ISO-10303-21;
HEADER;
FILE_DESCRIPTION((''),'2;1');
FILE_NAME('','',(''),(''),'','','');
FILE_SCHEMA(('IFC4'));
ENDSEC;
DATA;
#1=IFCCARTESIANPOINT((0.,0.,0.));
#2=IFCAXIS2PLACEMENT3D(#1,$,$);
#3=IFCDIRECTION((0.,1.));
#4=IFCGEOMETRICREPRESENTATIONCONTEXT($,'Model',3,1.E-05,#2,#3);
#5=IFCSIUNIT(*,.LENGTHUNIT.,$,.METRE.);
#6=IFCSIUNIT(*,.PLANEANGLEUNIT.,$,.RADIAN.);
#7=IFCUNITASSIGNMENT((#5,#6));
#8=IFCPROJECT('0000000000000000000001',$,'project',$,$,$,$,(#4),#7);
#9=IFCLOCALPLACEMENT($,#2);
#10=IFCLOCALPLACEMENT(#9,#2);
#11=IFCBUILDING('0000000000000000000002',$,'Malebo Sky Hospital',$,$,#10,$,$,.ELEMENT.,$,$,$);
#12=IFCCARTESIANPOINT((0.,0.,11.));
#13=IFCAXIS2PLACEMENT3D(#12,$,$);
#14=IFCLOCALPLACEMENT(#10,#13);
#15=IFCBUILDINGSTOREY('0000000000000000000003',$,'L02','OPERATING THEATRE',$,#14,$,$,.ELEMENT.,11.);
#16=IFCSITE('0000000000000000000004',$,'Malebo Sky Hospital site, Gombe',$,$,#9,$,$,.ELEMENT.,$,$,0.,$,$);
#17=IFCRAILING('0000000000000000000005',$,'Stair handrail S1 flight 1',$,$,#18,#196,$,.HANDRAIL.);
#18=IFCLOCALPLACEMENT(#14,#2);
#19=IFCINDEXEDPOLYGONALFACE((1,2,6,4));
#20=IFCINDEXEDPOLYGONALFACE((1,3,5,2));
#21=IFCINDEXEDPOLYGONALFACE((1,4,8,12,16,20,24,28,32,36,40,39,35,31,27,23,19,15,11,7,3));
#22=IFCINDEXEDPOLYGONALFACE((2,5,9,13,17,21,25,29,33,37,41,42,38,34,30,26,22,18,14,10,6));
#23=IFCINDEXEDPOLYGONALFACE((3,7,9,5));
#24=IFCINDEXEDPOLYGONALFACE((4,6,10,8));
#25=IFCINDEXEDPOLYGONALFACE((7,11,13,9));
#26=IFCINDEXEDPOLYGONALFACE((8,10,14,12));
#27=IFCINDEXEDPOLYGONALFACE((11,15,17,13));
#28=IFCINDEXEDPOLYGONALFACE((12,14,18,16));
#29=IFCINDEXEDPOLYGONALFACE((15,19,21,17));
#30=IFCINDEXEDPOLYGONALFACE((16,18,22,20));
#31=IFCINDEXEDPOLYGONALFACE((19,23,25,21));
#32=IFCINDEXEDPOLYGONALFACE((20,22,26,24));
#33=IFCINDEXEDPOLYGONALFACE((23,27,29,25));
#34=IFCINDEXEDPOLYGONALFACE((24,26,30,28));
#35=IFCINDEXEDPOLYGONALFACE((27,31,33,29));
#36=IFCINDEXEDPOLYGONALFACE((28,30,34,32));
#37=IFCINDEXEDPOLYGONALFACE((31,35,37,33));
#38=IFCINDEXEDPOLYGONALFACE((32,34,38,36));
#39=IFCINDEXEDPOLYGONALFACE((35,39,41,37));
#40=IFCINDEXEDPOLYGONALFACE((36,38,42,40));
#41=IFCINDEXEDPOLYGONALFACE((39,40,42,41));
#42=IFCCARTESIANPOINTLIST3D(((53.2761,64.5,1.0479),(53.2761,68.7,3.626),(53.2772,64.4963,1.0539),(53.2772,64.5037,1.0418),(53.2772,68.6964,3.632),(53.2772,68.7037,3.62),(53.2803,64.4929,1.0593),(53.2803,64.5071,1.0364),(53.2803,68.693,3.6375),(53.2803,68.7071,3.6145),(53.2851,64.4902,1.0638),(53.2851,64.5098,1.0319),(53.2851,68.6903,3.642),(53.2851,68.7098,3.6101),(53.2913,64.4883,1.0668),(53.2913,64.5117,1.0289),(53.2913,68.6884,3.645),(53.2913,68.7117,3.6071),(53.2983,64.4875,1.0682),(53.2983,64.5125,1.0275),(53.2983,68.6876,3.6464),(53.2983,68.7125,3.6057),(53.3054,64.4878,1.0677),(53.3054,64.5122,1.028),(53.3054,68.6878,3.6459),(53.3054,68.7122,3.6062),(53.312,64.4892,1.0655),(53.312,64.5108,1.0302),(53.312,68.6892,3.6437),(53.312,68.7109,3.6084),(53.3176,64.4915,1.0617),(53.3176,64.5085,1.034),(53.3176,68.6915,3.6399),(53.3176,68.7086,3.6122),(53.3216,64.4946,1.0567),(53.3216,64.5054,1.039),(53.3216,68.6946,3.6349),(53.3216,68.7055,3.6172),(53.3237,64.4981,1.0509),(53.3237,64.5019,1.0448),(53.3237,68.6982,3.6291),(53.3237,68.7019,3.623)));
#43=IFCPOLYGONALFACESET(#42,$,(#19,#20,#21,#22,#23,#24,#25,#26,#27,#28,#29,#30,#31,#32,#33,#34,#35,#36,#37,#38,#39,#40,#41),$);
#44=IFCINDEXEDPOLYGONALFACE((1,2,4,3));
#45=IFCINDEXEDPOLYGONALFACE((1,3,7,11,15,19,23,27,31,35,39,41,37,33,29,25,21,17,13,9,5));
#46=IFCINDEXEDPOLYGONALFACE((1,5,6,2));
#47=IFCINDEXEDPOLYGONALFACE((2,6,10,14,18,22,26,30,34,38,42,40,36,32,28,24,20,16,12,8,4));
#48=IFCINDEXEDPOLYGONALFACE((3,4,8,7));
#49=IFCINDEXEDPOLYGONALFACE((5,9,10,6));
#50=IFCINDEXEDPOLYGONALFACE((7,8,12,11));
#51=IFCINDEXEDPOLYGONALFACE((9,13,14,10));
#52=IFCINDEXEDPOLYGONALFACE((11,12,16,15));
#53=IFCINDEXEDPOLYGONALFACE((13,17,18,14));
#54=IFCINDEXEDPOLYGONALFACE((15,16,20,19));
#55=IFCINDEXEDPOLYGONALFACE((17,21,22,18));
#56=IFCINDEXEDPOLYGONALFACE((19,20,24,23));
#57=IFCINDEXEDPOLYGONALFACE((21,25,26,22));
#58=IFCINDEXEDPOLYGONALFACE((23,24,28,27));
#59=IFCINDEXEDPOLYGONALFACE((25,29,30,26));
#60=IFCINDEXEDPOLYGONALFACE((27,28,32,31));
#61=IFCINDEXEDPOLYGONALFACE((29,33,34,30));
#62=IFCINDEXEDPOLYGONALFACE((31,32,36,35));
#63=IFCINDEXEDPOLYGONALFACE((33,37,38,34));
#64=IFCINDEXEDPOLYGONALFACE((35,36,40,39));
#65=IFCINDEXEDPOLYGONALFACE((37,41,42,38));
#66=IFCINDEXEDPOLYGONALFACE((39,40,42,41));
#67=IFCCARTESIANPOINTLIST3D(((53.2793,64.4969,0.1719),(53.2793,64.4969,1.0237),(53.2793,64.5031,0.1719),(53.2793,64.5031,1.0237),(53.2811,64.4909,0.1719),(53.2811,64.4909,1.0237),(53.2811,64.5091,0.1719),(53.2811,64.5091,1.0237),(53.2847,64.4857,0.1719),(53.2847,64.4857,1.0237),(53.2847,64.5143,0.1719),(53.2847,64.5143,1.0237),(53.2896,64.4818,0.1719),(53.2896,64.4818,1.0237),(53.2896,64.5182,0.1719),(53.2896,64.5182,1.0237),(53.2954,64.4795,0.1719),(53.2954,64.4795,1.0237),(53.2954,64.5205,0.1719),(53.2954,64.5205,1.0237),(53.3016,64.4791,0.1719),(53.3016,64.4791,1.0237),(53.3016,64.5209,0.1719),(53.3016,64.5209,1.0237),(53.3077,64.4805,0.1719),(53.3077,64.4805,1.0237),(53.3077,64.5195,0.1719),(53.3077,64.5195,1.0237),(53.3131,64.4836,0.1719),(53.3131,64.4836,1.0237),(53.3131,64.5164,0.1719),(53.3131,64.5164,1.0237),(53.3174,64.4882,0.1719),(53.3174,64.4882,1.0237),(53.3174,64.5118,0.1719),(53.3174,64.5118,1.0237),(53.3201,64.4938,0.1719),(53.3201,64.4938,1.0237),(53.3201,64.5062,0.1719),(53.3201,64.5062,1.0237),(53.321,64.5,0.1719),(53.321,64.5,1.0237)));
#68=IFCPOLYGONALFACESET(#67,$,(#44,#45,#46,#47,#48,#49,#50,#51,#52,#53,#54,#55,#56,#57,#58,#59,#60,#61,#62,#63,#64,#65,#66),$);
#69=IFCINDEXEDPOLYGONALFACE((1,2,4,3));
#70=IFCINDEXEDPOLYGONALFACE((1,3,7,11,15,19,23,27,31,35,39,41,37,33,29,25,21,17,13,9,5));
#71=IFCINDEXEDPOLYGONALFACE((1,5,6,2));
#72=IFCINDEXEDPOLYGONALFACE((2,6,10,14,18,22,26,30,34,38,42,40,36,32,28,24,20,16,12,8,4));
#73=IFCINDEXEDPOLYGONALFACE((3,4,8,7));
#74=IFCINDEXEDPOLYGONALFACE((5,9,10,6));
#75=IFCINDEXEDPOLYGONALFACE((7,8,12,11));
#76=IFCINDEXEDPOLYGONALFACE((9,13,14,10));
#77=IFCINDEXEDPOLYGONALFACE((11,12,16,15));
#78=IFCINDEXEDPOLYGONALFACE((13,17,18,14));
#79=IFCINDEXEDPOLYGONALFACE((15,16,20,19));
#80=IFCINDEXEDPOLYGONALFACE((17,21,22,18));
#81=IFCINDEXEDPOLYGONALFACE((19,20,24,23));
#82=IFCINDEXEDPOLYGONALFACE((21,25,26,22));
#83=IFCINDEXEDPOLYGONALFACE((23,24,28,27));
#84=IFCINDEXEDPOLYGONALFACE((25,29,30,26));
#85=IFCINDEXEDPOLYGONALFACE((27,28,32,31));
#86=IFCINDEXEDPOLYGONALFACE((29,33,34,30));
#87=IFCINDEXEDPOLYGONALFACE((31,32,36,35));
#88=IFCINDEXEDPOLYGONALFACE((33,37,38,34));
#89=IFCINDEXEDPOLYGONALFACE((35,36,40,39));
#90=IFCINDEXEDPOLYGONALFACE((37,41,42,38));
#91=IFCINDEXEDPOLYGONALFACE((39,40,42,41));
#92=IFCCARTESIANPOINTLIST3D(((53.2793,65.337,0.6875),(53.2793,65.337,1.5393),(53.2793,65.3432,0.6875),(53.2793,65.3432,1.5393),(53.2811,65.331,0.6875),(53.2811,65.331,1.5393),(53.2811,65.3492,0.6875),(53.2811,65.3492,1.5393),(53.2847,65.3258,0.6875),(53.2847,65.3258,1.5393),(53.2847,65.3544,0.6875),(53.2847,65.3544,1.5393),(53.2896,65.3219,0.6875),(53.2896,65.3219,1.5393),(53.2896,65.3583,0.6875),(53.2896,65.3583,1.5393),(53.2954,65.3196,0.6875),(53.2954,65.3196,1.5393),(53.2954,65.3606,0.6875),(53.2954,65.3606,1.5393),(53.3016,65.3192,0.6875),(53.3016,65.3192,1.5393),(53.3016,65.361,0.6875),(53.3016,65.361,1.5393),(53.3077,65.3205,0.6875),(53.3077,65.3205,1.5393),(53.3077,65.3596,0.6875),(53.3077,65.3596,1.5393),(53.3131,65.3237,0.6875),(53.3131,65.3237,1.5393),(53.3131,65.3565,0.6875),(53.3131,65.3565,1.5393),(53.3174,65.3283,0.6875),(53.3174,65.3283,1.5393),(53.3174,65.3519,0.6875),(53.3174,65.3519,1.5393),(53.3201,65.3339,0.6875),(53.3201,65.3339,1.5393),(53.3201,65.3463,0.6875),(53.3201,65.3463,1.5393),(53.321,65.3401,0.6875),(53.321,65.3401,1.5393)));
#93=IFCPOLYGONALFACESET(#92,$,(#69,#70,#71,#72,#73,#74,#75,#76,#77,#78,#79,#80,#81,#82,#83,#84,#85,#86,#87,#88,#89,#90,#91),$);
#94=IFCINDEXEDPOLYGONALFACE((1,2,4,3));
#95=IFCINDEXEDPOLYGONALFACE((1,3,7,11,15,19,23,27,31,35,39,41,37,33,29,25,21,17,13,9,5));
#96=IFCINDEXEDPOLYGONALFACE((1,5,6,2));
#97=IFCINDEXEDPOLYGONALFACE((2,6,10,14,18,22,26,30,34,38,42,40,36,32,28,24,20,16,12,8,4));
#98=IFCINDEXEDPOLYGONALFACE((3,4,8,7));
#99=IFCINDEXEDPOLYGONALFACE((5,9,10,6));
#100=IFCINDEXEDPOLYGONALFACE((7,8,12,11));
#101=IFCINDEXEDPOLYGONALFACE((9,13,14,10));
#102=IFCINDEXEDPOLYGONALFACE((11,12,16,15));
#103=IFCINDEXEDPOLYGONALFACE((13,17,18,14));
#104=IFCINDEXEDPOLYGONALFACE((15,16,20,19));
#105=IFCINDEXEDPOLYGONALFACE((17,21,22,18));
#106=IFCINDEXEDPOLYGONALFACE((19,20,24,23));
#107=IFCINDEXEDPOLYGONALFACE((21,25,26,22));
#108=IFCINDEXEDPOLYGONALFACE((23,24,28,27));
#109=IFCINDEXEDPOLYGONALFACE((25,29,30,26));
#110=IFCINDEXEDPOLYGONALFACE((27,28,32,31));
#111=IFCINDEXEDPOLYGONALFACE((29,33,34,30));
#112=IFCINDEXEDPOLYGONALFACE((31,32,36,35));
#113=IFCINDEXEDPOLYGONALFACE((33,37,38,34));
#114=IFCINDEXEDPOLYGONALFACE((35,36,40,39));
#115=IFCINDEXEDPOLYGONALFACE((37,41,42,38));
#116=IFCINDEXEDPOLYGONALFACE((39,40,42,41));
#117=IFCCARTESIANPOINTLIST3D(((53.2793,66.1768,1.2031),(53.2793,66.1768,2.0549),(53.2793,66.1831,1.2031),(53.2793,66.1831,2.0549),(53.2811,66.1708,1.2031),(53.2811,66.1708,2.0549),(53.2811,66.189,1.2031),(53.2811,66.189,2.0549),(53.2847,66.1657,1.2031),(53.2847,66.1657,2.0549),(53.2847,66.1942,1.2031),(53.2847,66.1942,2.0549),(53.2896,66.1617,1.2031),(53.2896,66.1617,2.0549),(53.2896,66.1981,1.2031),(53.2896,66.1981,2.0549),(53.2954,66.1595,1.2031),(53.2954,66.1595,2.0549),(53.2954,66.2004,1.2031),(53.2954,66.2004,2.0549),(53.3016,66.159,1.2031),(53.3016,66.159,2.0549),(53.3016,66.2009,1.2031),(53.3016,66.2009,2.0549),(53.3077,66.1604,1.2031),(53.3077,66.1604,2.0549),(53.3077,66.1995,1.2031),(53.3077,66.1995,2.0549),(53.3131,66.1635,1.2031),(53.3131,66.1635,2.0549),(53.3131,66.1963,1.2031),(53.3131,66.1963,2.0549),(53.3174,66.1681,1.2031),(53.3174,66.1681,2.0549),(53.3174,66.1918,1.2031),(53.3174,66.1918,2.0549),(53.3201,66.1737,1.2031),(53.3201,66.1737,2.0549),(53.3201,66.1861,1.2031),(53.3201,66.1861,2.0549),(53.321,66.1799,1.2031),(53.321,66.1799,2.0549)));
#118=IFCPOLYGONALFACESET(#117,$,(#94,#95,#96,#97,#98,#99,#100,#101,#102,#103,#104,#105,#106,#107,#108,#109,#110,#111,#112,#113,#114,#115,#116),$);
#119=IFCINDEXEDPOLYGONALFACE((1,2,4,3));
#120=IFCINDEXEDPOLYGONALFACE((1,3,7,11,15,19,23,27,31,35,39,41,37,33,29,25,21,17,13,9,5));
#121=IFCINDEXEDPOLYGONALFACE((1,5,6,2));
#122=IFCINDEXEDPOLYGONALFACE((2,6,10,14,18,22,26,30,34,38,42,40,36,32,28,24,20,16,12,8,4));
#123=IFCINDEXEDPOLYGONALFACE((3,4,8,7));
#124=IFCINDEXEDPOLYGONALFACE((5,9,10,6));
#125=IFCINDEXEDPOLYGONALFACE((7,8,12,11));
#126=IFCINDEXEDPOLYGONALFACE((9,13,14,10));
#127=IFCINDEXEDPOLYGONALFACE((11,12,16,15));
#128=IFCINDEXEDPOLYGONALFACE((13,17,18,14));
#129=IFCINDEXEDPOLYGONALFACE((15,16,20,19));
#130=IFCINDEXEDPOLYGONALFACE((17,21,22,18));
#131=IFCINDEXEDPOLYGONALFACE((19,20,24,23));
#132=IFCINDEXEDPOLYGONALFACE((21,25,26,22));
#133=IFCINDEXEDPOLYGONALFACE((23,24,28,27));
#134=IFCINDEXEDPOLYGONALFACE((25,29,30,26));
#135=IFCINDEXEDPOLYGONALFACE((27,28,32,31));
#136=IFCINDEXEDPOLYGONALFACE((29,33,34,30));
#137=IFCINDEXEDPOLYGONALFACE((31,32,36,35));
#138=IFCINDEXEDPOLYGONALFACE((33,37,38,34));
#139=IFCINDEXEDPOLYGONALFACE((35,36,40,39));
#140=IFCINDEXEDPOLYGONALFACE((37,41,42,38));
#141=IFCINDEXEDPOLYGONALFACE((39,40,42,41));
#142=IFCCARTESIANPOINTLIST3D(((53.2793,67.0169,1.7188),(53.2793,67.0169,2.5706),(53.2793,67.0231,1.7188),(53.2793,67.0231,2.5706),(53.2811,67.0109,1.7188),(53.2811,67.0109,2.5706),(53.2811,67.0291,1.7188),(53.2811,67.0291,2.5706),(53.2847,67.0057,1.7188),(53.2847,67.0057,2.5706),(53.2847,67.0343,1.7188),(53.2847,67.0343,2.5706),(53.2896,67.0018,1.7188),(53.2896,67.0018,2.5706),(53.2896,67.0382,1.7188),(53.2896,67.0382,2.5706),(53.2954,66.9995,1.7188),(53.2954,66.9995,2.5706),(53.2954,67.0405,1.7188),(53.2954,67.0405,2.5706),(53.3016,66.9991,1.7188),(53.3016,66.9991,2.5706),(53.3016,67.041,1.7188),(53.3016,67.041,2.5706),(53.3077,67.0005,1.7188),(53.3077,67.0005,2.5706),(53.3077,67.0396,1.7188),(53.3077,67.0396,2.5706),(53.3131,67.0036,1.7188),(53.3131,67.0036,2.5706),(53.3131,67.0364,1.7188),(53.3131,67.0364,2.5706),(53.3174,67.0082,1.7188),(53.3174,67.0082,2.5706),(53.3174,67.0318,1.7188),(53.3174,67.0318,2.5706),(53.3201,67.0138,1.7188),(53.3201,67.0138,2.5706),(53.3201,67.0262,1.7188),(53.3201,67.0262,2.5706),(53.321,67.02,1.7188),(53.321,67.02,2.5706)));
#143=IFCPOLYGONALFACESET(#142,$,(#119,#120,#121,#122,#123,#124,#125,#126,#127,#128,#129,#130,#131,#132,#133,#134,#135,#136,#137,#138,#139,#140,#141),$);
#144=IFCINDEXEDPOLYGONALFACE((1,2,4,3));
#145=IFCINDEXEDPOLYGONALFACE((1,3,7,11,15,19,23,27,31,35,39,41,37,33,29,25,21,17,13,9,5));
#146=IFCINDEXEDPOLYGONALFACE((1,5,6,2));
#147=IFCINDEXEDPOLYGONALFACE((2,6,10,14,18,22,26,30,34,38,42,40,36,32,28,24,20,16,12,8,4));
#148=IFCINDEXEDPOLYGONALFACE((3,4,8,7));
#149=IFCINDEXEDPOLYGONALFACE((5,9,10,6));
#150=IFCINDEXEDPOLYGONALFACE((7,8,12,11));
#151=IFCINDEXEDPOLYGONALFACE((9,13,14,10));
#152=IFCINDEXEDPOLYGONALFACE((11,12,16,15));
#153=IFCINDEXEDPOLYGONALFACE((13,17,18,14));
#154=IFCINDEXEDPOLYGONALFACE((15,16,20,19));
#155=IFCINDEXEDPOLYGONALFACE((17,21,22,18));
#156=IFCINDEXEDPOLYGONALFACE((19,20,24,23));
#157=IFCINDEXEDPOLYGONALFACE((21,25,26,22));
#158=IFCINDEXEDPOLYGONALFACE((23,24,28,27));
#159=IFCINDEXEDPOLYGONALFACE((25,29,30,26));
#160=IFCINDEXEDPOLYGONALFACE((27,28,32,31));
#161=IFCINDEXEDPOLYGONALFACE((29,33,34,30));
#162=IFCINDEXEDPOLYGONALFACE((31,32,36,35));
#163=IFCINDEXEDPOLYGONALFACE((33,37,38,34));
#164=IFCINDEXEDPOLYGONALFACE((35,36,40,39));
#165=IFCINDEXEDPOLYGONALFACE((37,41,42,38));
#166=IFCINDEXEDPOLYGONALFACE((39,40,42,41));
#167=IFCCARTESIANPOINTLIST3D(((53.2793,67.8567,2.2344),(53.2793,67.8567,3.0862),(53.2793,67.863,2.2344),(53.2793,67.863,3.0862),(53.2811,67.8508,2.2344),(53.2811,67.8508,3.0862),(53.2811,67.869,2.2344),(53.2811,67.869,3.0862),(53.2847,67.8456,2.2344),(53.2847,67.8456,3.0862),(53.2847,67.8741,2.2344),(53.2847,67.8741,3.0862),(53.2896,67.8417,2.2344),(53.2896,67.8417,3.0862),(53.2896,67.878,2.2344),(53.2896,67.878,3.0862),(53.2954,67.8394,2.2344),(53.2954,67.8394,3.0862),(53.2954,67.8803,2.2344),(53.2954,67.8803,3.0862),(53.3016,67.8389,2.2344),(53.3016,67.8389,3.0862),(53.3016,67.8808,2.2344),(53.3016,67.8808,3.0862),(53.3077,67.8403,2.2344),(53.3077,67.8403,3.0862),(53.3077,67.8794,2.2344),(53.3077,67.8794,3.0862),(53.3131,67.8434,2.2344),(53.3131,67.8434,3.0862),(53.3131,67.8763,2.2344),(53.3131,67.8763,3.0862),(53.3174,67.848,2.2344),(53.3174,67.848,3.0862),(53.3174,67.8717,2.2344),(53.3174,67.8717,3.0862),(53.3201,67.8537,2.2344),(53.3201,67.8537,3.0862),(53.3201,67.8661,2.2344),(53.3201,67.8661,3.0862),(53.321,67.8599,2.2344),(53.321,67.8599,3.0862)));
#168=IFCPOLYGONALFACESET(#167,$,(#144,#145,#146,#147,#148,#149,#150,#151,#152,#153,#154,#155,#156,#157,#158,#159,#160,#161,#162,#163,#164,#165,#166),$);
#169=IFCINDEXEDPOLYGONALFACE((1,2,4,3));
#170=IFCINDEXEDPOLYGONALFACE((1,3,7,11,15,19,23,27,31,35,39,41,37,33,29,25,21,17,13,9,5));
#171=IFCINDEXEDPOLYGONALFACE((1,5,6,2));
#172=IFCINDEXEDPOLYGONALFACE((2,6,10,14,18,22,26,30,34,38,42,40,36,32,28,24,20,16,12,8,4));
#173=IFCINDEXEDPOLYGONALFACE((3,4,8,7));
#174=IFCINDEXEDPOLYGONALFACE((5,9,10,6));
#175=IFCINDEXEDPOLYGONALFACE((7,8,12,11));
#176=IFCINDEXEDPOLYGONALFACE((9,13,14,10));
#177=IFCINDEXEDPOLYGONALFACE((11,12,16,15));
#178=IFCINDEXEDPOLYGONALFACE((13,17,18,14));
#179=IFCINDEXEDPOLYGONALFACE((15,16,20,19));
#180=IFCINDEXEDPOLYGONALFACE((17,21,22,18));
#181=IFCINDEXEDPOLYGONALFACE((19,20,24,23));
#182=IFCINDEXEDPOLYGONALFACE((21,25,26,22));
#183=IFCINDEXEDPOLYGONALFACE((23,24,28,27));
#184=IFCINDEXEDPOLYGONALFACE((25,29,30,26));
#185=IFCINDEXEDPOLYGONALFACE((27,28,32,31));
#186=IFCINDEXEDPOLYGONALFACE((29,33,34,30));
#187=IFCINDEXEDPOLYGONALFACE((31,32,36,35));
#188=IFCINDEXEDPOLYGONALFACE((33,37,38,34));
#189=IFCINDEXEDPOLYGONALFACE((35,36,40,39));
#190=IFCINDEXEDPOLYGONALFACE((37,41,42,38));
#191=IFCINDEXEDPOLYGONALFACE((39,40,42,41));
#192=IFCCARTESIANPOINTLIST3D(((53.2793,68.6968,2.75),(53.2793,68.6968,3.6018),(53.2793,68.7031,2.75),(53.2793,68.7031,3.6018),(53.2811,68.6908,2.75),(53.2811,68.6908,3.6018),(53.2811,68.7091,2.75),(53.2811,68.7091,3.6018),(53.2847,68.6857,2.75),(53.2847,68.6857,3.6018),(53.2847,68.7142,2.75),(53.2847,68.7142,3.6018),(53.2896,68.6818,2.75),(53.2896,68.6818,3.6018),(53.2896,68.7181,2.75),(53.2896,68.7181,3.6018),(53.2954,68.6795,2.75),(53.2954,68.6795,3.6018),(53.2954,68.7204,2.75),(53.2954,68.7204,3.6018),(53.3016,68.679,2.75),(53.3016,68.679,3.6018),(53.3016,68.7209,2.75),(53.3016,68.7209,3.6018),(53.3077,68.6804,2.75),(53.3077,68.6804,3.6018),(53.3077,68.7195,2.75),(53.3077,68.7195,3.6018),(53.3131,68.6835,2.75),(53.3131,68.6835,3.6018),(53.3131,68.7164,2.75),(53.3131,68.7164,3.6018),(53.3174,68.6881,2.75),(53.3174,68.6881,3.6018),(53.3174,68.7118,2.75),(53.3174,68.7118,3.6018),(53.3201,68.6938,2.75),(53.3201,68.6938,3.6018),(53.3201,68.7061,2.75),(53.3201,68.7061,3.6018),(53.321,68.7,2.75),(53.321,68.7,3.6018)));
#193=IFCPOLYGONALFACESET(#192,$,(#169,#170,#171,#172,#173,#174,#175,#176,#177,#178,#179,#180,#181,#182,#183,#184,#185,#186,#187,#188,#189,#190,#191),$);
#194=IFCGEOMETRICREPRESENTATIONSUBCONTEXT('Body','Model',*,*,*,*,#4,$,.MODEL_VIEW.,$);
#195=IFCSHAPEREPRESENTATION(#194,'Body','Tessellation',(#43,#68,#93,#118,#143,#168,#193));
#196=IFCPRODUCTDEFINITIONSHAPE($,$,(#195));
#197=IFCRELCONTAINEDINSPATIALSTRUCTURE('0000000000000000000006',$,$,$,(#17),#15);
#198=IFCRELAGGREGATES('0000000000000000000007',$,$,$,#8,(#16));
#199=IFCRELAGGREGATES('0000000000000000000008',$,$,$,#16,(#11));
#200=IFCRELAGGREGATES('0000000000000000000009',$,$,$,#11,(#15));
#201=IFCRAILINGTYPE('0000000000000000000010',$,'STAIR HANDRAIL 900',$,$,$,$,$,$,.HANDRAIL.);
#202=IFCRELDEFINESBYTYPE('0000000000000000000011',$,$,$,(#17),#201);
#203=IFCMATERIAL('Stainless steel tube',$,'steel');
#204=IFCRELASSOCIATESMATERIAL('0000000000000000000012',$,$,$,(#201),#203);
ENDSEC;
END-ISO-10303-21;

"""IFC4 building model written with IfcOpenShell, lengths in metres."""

from ifc_helpers import new_model, si_unit, direction, frame, origin, origin_2d, place, context, subcontext, project, spatial, circle, extrude, material, type_object, element, save


model = new_model("IFC4")

# Units and contexts
model_context = context("Model", 3, precision=1e-05, world=origin(), true_north=direction((0.0, 1.0)))
body_context = subcontext(model_context, "Body", "Model", "MODEL_VIEW")
ifc_project = project(units=[si_unit("LENGTHUNIT", "METRE"), si_unit("PLANEANGLEUNIT", "RADIAN")], contexts=[model_context])

# Site, building, storey
site_placement = place(None, origin())
site = spatial("IfcSite", under=ifc_project, at=site_placement, Name="Malebo Sky Hospital site, Gombe", CompositionType="ELEMENT", RefElevation=0.0)
building_placement = place(site_placement, origin())
building = spatial("IfcBuilding", under=site, at=building_placement, Name="Malebo Sky Hospital", CompositionType="ELEMENT")
storey_placement = place(building_placement, frame((0.0, 0.0, 11.0)))
storey = spatial("IfcBuildingStorey", under=building, at=storey_placement, Name="L02", Description="OPERATING THEATRE", CompositionType="ELEMENT", Elevation=11.0)

# Railing
ifc_material_1 = material(Name="Stainless steel tube", Category="steel")
railing_type = type_object("IfcRailingType", Name="STAIR HANDRAIL 900", PredefinedType="HANDRAIL", material=ifc_material_1)
railing_1_placement = place(storey_placement, frame((53.3, 64.5, 0.1719)))
element("IfcRailing", 1, at=railing_1_placement, inside=storey, type_object=railing_type, Name="Stair handrail S1 flight 1", PredefinedType="HANDRAIL", context=body_context, shape_type="SweptSolid", body=[
    extrude(circle(Radius=0.0239, at=origin_2d()), frame((0.0, 0.0, 0.876), z_axis=(0.0, 0.852243, 0.523146), x_axis=(-1.0, 0.0, 0.0)), (0.0, 0.0, 1.0), 4.9282),
    extrude(circle(Radius=0.021, at=origin_2d()), origin(), (0.0, 0.0, 1.0), 0.8518),
    extrude(circle(Radius=0.021, at=origin_2d()), frame((0.0, 0.8401, 0.5156)), (0.0, 0.0, 1.0), 0.8518),
    extrude(circle(Radius=0.021, at=origin_2d()), frame((0.0, 1.6799, 1.0312)), (0.0, 0.0, 1.0), 0.8518),
    extrude(circle(Radius=0.021, at=origin_2d()), frame((0.0, 2.52, 1.5469)), (0.0, 0.0, 1.0), 0.8518),
    extrude(circle(Radius=0.021, at=origin_2d()), frame((0.0, 3.3599, 2.0625)), (0.0, 0.0, 1.0), 0.8518),
    extrude(circle(Radius=0.021, at=origin_2d()), frame((0.0, 4.2, 2.5781)), (0.0, 0.0, 1.0), 0.8518),
])

save(model, "model.ifc")
